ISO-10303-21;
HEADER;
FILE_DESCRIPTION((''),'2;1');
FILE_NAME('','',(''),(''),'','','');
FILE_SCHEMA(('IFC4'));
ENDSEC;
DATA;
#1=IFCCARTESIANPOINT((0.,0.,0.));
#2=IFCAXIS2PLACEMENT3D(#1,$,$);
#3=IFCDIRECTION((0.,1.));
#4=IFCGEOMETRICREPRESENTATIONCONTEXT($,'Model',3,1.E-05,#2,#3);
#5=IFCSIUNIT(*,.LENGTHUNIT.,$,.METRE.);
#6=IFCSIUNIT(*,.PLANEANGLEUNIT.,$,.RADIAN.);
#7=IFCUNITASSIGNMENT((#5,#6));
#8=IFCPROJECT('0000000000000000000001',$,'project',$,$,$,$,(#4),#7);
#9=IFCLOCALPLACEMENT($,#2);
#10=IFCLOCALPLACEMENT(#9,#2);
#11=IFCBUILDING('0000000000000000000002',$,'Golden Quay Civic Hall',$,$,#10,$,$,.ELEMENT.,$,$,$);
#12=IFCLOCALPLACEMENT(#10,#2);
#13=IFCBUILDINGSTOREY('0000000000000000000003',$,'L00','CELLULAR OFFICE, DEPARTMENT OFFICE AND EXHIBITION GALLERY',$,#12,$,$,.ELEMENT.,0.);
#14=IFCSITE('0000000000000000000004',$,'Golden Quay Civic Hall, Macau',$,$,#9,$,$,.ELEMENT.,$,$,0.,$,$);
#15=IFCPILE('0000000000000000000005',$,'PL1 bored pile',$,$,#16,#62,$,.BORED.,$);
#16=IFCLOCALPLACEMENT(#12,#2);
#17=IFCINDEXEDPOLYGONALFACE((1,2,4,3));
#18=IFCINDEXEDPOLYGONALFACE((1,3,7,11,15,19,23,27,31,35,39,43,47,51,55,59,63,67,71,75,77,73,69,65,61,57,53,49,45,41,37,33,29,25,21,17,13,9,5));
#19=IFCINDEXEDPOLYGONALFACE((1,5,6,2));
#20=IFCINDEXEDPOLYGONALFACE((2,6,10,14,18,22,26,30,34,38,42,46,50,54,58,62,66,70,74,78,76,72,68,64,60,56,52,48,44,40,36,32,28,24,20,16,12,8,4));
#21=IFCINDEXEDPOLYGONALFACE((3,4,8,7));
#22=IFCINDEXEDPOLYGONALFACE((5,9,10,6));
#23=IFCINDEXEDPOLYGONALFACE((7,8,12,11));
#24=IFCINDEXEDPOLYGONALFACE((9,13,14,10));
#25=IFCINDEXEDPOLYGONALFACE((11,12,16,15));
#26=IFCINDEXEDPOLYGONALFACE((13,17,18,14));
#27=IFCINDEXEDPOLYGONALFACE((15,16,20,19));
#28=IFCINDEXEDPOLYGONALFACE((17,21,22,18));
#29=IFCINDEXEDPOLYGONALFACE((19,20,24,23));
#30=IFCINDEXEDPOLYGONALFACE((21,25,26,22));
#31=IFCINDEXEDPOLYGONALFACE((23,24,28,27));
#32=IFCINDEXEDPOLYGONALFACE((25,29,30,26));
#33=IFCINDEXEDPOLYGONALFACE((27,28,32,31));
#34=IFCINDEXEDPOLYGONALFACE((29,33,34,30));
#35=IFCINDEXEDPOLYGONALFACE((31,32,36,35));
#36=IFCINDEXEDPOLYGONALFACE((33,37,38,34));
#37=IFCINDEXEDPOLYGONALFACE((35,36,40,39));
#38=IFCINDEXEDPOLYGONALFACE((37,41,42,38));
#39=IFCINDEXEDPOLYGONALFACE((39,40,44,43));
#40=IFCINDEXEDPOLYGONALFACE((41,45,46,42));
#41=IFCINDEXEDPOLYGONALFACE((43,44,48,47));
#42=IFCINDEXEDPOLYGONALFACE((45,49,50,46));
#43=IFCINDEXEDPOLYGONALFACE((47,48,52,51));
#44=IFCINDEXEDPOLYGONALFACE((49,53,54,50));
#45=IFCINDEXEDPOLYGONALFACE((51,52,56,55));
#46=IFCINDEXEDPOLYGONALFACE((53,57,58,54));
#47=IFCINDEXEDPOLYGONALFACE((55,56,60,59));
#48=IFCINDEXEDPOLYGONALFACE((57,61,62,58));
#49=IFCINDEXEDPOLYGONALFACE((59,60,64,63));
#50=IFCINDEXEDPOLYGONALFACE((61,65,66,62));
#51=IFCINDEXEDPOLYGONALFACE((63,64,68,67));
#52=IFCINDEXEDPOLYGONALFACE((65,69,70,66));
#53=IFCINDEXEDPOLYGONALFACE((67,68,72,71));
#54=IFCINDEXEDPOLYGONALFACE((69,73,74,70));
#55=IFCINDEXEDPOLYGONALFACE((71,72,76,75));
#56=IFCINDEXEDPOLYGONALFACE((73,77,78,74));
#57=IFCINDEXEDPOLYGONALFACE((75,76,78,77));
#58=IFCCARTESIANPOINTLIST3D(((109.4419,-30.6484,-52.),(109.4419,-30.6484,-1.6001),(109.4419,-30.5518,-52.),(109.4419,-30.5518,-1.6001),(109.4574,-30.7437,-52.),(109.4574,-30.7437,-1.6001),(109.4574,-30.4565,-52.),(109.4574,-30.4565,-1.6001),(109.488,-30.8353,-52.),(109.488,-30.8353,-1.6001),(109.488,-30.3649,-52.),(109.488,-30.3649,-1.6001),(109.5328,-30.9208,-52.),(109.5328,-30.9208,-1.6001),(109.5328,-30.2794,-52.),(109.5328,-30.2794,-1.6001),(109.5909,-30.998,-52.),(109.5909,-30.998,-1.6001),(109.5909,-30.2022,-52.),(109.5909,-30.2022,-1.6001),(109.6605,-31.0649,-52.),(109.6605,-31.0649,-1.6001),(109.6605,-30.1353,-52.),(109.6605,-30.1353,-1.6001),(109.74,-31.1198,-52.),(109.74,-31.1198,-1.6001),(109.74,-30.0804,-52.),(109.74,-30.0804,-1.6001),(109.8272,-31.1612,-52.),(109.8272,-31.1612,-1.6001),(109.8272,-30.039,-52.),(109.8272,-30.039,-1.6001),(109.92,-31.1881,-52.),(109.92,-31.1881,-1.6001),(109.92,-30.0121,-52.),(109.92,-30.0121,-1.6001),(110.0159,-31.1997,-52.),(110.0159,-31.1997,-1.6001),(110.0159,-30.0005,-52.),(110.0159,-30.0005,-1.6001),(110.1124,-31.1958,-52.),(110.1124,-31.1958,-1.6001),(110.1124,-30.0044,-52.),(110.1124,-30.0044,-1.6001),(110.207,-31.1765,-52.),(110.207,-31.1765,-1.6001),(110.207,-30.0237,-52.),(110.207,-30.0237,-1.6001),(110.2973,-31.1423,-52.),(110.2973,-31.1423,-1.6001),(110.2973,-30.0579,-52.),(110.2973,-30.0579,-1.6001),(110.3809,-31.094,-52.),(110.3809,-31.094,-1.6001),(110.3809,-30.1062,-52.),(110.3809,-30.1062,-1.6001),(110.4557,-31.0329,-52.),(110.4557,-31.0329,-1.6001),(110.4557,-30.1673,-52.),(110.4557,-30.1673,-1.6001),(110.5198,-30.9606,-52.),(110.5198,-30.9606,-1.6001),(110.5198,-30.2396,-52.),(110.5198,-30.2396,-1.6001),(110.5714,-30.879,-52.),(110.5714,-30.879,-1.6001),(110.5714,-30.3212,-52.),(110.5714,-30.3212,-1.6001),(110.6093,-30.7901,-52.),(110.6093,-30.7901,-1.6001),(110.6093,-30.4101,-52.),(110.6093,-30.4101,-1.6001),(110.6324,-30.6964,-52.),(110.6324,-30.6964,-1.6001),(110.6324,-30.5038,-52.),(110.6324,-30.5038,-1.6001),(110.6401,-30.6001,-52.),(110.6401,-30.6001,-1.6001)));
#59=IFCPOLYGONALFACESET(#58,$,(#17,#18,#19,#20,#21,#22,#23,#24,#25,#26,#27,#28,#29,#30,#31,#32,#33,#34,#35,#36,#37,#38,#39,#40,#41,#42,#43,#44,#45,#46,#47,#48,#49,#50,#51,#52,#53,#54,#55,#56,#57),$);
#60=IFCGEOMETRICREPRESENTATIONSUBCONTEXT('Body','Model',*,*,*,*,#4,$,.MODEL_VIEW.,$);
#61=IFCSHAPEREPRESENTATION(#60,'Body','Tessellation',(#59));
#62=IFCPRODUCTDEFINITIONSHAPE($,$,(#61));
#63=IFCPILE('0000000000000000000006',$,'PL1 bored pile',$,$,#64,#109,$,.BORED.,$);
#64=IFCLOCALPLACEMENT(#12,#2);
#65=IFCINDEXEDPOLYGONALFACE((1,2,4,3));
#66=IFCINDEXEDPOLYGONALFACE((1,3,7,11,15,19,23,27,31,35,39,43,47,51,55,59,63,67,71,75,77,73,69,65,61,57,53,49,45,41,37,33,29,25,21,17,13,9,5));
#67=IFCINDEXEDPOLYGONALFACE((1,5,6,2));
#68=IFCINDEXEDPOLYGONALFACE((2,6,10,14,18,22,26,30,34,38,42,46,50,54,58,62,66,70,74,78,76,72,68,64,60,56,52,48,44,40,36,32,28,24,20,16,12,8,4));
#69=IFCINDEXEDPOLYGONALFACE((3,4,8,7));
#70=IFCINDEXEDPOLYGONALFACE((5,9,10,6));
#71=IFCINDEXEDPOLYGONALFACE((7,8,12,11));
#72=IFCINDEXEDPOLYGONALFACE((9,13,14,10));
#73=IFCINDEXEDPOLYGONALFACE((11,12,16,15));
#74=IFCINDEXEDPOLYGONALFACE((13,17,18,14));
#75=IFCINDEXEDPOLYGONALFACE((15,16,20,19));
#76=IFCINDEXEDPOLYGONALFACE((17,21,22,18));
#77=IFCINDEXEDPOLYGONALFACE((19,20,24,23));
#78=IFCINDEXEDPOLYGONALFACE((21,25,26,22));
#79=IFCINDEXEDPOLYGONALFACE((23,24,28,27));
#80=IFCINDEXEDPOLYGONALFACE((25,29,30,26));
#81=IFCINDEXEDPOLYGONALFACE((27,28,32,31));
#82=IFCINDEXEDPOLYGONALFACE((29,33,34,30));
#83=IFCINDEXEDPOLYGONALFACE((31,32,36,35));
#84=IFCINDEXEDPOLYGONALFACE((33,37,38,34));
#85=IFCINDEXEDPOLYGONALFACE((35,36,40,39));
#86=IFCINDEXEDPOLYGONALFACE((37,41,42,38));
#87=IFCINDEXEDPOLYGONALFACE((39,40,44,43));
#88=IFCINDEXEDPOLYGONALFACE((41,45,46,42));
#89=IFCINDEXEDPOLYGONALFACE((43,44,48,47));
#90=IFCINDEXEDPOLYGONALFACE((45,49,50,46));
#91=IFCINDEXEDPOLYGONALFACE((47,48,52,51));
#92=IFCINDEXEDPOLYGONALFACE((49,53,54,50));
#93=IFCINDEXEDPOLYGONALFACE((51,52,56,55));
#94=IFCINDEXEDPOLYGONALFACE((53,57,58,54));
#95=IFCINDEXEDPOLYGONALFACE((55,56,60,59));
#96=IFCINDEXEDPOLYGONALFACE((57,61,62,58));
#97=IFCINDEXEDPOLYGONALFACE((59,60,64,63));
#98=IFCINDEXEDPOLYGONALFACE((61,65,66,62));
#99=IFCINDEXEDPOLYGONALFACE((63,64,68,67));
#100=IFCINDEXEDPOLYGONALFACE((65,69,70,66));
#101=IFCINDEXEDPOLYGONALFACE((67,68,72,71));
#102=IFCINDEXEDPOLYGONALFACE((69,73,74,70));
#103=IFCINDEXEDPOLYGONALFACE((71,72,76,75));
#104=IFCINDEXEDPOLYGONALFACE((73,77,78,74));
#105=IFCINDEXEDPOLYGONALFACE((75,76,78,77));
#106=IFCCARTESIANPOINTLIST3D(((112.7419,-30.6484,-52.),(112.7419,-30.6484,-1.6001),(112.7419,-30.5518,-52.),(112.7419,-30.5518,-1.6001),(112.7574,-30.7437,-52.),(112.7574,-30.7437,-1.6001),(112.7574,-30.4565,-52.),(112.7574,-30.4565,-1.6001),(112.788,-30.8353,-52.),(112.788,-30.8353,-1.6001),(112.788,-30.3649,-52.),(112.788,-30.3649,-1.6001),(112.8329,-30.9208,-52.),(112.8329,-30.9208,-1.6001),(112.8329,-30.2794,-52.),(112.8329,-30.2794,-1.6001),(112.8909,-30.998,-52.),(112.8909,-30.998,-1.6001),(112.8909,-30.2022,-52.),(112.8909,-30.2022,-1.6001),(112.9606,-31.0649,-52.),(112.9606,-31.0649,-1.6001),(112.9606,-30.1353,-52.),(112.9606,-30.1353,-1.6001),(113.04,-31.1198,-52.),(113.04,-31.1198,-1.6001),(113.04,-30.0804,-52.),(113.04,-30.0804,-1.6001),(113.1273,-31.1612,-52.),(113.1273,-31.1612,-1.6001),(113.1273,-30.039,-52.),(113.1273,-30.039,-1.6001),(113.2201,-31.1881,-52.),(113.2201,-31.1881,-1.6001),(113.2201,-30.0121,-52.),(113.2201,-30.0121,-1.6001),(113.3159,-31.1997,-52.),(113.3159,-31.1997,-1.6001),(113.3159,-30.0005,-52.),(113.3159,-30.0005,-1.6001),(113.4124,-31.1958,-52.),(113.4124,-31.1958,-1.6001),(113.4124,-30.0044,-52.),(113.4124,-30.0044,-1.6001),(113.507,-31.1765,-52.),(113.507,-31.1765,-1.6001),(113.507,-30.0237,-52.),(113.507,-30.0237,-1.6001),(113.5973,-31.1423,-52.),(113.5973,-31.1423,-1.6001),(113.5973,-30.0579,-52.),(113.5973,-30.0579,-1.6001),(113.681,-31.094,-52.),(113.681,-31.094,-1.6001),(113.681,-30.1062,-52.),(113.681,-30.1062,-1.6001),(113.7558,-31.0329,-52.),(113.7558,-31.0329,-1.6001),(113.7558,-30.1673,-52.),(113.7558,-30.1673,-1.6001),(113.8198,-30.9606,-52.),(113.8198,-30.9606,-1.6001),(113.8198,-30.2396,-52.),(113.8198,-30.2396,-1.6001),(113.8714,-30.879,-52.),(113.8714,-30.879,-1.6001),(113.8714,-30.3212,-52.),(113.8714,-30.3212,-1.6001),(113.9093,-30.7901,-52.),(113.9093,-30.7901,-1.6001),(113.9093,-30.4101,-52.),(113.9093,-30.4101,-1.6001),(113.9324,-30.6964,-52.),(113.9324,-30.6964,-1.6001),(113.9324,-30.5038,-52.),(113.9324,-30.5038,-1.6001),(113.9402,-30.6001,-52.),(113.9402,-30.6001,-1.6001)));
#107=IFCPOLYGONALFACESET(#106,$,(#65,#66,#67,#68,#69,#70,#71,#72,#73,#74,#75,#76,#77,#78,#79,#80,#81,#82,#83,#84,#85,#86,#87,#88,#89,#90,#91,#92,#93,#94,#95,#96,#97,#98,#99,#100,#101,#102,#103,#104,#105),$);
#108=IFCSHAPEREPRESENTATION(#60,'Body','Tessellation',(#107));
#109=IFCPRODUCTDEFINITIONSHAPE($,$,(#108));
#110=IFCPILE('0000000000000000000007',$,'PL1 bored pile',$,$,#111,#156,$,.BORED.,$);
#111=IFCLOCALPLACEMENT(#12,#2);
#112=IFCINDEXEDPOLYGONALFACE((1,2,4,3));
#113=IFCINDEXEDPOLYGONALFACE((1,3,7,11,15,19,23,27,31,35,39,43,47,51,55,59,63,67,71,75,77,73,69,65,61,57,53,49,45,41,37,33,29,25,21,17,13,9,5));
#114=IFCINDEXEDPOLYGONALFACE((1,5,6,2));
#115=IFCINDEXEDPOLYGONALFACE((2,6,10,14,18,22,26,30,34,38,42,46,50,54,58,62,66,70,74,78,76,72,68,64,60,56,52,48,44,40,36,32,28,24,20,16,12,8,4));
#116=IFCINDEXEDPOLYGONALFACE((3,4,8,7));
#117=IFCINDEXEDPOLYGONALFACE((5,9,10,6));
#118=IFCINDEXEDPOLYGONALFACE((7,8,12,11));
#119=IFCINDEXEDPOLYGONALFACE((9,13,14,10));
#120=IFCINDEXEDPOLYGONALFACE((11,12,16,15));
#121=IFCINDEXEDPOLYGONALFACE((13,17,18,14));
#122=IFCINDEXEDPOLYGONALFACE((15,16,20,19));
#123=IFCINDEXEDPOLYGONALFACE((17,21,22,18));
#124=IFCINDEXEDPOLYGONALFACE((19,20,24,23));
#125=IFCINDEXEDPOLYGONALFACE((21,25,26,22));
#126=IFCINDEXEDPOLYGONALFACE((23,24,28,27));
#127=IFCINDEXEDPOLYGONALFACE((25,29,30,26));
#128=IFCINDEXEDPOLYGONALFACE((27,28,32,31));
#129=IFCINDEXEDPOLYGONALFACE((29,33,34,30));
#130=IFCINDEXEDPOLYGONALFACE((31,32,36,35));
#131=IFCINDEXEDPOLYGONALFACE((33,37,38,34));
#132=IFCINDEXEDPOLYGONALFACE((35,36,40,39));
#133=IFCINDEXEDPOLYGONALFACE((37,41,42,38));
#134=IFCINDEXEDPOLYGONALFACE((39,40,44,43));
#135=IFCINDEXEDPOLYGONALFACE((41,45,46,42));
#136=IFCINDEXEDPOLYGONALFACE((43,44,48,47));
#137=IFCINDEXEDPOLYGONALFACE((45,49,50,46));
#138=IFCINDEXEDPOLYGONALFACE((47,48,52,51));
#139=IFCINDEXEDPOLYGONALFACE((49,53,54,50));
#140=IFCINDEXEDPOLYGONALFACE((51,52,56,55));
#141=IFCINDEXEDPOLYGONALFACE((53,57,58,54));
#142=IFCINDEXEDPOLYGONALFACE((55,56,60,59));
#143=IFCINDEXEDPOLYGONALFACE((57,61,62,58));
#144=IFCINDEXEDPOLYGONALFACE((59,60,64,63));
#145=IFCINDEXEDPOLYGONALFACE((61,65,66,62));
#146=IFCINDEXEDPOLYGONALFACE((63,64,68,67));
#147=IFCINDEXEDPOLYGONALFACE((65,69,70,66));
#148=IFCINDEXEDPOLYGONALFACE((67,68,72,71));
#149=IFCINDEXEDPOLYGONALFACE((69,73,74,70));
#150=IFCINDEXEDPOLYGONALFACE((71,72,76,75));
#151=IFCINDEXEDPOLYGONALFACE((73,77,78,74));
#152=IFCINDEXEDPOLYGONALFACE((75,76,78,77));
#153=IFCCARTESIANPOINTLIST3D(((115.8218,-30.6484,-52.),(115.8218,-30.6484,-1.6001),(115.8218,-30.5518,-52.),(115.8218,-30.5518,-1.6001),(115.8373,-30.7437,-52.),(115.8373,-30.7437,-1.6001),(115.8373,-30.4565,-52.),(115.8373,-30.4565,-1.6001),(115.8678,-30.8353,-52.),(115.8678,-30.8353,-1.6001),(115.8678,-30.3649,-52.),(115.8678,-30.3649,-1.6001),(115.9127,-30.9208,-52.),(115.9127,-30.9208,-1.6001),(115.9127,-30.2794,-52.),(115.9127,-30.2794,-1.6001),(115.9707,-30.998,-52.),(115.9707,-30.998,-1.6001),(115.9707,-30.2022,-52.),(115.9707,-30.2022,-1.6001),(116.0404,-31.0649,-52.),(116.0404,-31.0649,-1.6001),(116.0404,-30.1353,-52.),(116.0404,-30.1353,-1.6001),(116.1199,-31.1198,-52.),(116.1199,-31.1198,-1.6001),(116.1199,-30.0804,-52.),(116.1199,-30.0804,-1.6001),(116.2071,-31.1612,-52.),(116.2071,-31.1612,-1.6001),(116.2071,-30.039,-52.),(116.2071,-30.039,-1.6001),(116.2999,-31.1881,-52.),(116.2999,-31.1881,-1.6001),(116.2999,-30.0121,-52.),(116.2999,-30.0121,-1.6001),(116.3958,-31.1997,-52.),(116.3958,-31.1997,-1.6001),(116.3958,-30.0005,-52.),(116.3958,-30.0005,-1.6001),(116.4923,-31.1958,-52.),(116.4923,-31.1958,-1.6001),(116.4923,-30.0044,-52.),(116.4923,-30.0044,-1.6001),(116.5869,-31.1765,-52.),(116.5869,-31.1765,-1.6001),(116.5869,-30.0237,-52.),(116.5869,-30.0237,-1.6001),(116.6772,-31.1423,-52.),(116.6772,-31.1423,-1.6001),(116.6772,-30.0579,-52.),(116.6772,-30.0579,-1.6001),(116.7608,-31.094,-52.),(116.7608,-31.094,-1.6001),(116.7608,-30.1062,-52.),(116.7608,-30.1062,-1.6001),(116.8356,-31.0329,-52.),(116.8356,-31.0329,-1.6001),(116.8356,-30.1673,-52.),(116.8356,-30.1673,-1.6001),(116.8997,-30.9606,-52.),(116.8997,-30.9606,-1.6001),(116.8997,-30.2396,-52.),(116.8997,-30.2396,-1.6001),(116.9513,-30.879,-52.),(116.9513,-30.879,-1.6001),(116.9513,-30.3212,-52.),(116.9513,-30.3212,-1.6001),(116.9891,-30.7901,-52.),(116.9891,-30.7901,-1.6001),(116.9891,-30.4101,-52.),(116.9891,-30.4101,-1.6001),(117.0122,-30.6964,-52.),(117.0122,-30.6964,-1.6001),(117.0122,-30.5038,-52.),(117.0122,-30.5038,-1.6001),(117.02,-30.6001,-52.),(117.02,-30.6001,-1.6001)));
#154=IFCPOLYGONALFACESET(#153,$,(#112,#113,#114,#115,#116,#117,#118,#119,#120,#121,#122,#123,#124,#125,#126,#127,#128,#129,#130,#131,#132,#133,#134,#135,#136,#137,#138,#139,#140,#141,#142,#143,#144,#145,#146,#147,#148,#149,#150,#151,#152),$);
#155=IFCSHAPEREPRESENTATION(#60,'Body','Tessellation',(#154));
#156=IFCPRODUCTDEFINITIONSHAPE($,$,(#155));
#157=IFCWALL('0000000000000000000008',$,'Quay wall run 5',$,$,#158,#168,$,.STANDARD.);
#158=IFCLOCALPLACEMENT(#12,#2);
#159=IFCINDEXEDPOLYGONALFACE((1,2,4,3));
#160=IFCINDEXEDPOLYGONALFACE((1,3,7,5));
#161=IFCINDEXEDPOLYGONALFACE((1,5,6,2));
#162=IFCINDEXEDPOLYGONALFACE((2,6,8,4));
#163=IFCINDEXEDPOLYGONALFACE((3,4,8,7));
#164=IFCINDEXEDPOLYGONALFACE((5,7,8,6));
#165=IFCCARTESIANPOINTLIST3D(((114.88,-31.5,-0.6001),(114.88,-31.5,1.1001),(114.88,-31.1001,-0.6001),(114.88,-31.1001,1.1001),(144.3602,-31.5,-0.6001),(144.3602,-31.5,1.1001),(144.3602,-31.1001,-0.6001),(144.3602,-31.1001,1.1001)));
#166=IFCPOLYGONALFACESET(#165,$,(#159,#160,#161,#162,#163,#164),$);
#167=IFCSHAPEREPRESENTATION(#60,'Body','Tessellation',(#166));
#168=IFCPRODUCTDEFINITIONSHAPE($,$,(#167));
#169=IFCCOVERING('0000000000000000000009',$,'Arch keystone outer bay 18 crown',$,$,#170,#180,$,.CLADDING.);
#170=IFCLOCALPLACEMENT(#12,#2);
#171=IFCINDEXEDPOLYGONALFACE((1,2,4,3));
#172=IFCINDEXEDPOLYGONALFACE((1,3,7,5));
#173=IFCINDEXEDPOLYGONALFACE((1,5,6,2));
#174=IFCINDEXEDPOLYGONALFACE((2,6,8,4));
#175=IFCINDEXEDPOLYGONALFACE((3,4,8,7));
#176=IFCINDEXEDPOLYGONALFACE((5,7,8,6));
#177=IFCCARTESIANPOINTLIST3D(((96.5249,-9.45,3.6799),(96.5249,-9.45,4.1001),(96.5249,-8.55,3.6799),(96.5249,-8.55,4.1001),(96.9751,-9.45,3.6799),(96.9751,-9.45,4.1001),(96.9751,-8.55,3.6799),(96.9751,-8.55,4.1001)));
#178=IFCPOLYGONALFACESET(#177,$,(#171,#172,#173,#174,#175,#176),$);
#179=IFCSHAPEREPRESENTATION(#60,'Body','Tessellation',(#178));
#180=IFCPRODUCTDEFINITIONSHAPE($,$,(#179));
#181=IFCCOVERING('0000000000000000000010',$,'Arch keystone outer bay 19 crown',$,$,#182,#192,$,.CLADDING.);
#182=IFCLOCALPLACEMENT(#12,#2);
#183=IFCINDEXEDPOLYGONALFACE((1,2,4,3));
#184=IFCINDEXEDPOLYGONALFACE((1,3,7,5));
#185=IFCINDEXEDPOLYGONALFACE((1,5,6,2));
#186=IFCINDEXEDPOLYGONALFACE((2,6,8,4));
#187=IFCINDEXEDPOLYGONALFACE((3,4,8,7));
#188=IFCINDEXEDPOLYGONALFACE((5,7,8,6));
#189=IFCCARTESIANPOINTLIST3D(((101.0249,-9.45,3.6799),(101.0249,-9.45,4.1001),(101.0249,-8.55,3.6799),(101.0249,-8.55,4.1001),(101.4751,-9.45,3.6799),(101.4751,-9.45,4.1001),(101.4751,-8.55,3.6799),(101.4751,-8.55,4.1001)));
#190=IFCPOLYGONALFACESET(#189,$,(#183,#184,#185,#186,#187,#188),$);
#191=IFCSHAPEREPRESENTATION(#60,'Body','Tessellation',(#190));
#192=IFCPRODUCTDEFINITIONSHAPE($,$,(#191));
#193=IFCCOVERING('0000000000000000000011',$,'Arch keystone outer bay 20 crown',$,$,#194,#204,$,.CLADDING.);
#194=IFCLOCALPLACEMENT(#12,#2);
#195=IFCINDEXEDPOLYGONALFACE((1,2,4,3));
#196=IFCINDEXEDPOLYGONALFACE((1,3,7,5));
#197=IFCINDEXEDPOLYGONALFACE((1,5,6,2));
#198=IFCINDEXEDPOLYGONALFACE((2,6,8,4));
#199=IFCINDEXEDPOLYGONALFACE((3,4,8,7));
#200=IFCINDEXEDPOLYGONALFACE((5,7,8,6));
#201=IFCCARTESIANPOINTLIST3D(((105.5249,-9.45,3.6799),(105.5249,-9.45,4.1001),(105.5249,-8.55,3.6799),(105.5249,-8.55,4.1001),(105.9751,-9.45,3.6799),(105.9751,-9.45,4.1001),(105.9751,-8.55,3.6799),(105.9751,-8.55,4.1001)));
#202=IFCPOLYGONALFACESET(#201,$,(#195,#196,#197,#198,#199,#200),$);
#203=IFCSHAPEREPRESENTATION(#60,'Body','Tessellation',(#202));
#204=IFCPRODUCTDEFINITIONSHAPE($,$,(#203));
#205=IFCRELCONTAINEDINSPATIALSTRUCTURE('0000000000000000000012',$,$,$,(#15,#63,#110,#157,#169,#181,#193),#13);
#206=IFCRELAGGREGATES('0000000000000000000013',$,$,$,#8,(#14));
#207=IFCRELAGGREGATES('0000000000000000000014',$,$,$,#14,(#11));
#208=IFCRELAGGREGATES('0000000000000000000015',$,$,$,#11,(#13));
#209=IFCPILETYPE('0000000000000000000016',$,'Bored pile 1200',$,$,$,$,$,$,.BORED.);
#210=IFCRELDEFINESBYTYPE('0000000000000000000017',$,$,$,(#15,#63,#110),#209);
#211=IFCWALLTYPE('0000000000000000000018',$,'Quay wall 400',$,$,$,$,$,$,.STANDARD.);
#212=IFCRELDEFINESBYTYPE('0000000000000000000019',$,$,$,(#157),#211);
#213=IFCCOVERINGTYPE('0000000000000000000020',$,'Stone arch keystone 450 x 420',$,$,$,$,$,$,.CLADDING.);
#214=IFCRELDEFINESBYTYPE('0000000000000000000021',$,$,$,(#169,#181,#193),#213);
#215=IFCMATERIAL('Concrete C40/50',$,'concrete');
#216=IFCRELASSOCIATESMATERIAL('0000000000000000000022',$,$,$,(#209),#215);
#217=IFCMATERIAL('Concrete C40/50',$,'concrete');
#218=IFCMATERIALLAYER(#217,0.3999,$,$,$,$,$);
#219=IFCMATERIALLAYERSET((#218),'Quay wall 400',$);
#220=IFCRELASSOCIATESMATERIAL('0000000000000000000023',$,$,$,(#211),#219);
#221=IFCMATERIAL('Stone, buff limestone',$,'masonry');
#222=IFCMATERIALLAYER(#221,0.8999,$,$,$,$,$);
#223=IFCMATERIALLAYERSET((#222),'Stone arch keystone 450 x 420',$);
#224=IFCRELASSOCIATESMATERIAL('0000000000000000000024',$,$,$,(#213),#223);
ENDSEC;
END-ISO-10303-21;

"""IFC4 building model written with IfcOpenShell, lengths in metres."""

from ifc_helpers import new_model, si_unit, direction, frame, frame_2d, origin, origin_2d, place, context, subcontext, project, spatial, polyline, rectangle, circle, outline, extrude, material, layer, layer_set, material_profile, profile_set, type_object, element, save


model = new_model("IFC4")

# Units and contexts
model_context = context("Model", 3, precision=1e-05, world=origin(), true_north=direction((0.0, 1.0)))
body_context = subcontext(model_context, "Body", "Model", "MODEL_VIEW")
ifc_project = project(units=[si_unit("LENGTHUNIT", "METRE"), si_unit("PLANEANGLEUNIT", "RADIAN")], contexts=[model_context])

# Site, building, storey
site_placement = place(None, origin())
site = spatial("IfcSite", under=ifc_project, at=site_placement, Name="Golden Quay Civic Hall, Macau", CompositionType="ELEMENT", RefElevation=0.0)
building_placement = place(site_placement, origin())
building = spatial("IfcBuilding", under=site, at=building_placement, Name="Golden Quay Civic Hall", CompositionType="ELEMENT")
storey_placement = place(building_placement, origin())
storey = spatial("IfcBuildingStorey", under=building, at=storey_placement, Name="L00", Description="CELLULAR OFFICE, DEPARTMENT OFFICE AND EXHIBITION GALLERY", CompositionType="ELEMENT", Elevation=0.0)

# Piles
ifc_material_1 = material(Name="Concrete C40/50", Category="concrete")
ifc_material_profile_1 = material_profile(ifc_material_1, circle(Radius=0.6001, at=origin_2d()), Name="RC D1200")
ifc_profile_set_1 = profile_set([ifc_material_profile_1], Name="Concrete C40/50")
pile_type = type_object("IfcPileType", Name="Bored pile 1200", PredefinedType="BORED", material=ifc_profile_set_1)
for number, where, z_axis, x_axis, name in (
    (1, (110.04, -30.6001, -1.6001), (0.0, 0.0, -1.0), (1.0, 0.0, 0.0), "PL1 bored pile"),
    (2, (113.3401, -30.6001, -1.6001), (0.0, 0.0, -1.0), (1.0, 0.0, 0.0), "PL1 bored pile"),
    (3, (116.4199, -30.6001, -1.6001), (0.0, 0.0, -1.0), (1.0, 0.0, 0.0), "PL1 bored pile"),
):
    element("IfcPile", number, at=place(storey_placement, frame(where, z_axis=z_axis, x_axis=x_axis)), inside=storey, type_object=pile_type, Name=name, PredefinedType="BORED", context=body_context, shape_type="SweptSolid", body=[
        extrude(circle(Radius=0.6001, at=origin_2d()), origin(), (0.0, 0.0, 1.0), 50.3999),
    ])

# Wall
ifc_material_2 = material(Name="Concrete C40/50", Category="concrete")
ifc_layer_1 = layer(ifc_material_2, 0.3999)
ifc_layer_set_1 = layer_set([ifc_layer_1], Name="Quay wall 400")
wall_type = type_object("IfcWallType", Name="Quay wall 400", PredefinedType="STANDARD", material=ifc_layer_set_1)
wall_placement = place(storey_placement, frame((114.8799, -31.3, -0.6001), z_axis=(0.0, 0.0, 1.0), x_axis=(1.0, 0.0, 0.0)))
element("IfcWall", 4, at=wall_placement, inside=storey, type_object=wall_type, Name="Quay wall run 5", PredefinedType="STANDARD", context=body_context, shape_type="SweptSolid", body=[
    extrude(rectangle(XDim=29.4802, YDim=0.3999, at=frame_2d((14.7402, 0.0))), origin(), (0.0, 0.0, 1.0), 1.7002),
])

# Coverings
ifc_material_3 = material(Name="Stone, buff limestone", Category="masonry")
ifc_layer_2 = layer(ifc_material_3, 0.8999)
ifc_layer_set_2 = layer_set([ifc_layer_2], Name="Stone arch keystone 450 x 420")
covering_type_1 = type_object("IfcCoveringType", Name="Stone arch keystone 450 x 420", PredefinedType="CLADDING", material=ifc_layer_set_2)
for number, where, z_axis, x_axis, name in (
    (5, (96.5249, -9.45, 3.6799), (0.0, -1.0, 0.0), (1.0, 0.0, 0.0), "Arch keystone outer bay 18 crown"),
    (6, (101.0249, -9.45, 3.6799), (0.0, -1.0, 0.0), (1.0, 0.0, 0.0), "Arch keystone outer bay 19 crown"),
    (7, (105.5249, -9.45, 3.6799), (0.0, -1.0, 0.0), (1.0, 0.0, 0.0), "Arch keystone outer bay 20 crown"),
):
    element("IfcCovering", number, at=place(storey_placement, frame(where, z_axis=z_axis, x_axis=x_axis)), inside=storey, type_object=covering_type_1, Name=name, PredefinedType="CLADDING", context=body_context, shape_type="SweptSolid", body=[
        extrude(outline(polyline([(0.0, 0.0), (0.4502, 0.0), (0.4502, 0.4202), (0.0, 0.4202), (0.0, 0.0)])), origin(), (0.0, 0.0, -1.0), 0.8999),
    ])

save(model, "model.ifc")
